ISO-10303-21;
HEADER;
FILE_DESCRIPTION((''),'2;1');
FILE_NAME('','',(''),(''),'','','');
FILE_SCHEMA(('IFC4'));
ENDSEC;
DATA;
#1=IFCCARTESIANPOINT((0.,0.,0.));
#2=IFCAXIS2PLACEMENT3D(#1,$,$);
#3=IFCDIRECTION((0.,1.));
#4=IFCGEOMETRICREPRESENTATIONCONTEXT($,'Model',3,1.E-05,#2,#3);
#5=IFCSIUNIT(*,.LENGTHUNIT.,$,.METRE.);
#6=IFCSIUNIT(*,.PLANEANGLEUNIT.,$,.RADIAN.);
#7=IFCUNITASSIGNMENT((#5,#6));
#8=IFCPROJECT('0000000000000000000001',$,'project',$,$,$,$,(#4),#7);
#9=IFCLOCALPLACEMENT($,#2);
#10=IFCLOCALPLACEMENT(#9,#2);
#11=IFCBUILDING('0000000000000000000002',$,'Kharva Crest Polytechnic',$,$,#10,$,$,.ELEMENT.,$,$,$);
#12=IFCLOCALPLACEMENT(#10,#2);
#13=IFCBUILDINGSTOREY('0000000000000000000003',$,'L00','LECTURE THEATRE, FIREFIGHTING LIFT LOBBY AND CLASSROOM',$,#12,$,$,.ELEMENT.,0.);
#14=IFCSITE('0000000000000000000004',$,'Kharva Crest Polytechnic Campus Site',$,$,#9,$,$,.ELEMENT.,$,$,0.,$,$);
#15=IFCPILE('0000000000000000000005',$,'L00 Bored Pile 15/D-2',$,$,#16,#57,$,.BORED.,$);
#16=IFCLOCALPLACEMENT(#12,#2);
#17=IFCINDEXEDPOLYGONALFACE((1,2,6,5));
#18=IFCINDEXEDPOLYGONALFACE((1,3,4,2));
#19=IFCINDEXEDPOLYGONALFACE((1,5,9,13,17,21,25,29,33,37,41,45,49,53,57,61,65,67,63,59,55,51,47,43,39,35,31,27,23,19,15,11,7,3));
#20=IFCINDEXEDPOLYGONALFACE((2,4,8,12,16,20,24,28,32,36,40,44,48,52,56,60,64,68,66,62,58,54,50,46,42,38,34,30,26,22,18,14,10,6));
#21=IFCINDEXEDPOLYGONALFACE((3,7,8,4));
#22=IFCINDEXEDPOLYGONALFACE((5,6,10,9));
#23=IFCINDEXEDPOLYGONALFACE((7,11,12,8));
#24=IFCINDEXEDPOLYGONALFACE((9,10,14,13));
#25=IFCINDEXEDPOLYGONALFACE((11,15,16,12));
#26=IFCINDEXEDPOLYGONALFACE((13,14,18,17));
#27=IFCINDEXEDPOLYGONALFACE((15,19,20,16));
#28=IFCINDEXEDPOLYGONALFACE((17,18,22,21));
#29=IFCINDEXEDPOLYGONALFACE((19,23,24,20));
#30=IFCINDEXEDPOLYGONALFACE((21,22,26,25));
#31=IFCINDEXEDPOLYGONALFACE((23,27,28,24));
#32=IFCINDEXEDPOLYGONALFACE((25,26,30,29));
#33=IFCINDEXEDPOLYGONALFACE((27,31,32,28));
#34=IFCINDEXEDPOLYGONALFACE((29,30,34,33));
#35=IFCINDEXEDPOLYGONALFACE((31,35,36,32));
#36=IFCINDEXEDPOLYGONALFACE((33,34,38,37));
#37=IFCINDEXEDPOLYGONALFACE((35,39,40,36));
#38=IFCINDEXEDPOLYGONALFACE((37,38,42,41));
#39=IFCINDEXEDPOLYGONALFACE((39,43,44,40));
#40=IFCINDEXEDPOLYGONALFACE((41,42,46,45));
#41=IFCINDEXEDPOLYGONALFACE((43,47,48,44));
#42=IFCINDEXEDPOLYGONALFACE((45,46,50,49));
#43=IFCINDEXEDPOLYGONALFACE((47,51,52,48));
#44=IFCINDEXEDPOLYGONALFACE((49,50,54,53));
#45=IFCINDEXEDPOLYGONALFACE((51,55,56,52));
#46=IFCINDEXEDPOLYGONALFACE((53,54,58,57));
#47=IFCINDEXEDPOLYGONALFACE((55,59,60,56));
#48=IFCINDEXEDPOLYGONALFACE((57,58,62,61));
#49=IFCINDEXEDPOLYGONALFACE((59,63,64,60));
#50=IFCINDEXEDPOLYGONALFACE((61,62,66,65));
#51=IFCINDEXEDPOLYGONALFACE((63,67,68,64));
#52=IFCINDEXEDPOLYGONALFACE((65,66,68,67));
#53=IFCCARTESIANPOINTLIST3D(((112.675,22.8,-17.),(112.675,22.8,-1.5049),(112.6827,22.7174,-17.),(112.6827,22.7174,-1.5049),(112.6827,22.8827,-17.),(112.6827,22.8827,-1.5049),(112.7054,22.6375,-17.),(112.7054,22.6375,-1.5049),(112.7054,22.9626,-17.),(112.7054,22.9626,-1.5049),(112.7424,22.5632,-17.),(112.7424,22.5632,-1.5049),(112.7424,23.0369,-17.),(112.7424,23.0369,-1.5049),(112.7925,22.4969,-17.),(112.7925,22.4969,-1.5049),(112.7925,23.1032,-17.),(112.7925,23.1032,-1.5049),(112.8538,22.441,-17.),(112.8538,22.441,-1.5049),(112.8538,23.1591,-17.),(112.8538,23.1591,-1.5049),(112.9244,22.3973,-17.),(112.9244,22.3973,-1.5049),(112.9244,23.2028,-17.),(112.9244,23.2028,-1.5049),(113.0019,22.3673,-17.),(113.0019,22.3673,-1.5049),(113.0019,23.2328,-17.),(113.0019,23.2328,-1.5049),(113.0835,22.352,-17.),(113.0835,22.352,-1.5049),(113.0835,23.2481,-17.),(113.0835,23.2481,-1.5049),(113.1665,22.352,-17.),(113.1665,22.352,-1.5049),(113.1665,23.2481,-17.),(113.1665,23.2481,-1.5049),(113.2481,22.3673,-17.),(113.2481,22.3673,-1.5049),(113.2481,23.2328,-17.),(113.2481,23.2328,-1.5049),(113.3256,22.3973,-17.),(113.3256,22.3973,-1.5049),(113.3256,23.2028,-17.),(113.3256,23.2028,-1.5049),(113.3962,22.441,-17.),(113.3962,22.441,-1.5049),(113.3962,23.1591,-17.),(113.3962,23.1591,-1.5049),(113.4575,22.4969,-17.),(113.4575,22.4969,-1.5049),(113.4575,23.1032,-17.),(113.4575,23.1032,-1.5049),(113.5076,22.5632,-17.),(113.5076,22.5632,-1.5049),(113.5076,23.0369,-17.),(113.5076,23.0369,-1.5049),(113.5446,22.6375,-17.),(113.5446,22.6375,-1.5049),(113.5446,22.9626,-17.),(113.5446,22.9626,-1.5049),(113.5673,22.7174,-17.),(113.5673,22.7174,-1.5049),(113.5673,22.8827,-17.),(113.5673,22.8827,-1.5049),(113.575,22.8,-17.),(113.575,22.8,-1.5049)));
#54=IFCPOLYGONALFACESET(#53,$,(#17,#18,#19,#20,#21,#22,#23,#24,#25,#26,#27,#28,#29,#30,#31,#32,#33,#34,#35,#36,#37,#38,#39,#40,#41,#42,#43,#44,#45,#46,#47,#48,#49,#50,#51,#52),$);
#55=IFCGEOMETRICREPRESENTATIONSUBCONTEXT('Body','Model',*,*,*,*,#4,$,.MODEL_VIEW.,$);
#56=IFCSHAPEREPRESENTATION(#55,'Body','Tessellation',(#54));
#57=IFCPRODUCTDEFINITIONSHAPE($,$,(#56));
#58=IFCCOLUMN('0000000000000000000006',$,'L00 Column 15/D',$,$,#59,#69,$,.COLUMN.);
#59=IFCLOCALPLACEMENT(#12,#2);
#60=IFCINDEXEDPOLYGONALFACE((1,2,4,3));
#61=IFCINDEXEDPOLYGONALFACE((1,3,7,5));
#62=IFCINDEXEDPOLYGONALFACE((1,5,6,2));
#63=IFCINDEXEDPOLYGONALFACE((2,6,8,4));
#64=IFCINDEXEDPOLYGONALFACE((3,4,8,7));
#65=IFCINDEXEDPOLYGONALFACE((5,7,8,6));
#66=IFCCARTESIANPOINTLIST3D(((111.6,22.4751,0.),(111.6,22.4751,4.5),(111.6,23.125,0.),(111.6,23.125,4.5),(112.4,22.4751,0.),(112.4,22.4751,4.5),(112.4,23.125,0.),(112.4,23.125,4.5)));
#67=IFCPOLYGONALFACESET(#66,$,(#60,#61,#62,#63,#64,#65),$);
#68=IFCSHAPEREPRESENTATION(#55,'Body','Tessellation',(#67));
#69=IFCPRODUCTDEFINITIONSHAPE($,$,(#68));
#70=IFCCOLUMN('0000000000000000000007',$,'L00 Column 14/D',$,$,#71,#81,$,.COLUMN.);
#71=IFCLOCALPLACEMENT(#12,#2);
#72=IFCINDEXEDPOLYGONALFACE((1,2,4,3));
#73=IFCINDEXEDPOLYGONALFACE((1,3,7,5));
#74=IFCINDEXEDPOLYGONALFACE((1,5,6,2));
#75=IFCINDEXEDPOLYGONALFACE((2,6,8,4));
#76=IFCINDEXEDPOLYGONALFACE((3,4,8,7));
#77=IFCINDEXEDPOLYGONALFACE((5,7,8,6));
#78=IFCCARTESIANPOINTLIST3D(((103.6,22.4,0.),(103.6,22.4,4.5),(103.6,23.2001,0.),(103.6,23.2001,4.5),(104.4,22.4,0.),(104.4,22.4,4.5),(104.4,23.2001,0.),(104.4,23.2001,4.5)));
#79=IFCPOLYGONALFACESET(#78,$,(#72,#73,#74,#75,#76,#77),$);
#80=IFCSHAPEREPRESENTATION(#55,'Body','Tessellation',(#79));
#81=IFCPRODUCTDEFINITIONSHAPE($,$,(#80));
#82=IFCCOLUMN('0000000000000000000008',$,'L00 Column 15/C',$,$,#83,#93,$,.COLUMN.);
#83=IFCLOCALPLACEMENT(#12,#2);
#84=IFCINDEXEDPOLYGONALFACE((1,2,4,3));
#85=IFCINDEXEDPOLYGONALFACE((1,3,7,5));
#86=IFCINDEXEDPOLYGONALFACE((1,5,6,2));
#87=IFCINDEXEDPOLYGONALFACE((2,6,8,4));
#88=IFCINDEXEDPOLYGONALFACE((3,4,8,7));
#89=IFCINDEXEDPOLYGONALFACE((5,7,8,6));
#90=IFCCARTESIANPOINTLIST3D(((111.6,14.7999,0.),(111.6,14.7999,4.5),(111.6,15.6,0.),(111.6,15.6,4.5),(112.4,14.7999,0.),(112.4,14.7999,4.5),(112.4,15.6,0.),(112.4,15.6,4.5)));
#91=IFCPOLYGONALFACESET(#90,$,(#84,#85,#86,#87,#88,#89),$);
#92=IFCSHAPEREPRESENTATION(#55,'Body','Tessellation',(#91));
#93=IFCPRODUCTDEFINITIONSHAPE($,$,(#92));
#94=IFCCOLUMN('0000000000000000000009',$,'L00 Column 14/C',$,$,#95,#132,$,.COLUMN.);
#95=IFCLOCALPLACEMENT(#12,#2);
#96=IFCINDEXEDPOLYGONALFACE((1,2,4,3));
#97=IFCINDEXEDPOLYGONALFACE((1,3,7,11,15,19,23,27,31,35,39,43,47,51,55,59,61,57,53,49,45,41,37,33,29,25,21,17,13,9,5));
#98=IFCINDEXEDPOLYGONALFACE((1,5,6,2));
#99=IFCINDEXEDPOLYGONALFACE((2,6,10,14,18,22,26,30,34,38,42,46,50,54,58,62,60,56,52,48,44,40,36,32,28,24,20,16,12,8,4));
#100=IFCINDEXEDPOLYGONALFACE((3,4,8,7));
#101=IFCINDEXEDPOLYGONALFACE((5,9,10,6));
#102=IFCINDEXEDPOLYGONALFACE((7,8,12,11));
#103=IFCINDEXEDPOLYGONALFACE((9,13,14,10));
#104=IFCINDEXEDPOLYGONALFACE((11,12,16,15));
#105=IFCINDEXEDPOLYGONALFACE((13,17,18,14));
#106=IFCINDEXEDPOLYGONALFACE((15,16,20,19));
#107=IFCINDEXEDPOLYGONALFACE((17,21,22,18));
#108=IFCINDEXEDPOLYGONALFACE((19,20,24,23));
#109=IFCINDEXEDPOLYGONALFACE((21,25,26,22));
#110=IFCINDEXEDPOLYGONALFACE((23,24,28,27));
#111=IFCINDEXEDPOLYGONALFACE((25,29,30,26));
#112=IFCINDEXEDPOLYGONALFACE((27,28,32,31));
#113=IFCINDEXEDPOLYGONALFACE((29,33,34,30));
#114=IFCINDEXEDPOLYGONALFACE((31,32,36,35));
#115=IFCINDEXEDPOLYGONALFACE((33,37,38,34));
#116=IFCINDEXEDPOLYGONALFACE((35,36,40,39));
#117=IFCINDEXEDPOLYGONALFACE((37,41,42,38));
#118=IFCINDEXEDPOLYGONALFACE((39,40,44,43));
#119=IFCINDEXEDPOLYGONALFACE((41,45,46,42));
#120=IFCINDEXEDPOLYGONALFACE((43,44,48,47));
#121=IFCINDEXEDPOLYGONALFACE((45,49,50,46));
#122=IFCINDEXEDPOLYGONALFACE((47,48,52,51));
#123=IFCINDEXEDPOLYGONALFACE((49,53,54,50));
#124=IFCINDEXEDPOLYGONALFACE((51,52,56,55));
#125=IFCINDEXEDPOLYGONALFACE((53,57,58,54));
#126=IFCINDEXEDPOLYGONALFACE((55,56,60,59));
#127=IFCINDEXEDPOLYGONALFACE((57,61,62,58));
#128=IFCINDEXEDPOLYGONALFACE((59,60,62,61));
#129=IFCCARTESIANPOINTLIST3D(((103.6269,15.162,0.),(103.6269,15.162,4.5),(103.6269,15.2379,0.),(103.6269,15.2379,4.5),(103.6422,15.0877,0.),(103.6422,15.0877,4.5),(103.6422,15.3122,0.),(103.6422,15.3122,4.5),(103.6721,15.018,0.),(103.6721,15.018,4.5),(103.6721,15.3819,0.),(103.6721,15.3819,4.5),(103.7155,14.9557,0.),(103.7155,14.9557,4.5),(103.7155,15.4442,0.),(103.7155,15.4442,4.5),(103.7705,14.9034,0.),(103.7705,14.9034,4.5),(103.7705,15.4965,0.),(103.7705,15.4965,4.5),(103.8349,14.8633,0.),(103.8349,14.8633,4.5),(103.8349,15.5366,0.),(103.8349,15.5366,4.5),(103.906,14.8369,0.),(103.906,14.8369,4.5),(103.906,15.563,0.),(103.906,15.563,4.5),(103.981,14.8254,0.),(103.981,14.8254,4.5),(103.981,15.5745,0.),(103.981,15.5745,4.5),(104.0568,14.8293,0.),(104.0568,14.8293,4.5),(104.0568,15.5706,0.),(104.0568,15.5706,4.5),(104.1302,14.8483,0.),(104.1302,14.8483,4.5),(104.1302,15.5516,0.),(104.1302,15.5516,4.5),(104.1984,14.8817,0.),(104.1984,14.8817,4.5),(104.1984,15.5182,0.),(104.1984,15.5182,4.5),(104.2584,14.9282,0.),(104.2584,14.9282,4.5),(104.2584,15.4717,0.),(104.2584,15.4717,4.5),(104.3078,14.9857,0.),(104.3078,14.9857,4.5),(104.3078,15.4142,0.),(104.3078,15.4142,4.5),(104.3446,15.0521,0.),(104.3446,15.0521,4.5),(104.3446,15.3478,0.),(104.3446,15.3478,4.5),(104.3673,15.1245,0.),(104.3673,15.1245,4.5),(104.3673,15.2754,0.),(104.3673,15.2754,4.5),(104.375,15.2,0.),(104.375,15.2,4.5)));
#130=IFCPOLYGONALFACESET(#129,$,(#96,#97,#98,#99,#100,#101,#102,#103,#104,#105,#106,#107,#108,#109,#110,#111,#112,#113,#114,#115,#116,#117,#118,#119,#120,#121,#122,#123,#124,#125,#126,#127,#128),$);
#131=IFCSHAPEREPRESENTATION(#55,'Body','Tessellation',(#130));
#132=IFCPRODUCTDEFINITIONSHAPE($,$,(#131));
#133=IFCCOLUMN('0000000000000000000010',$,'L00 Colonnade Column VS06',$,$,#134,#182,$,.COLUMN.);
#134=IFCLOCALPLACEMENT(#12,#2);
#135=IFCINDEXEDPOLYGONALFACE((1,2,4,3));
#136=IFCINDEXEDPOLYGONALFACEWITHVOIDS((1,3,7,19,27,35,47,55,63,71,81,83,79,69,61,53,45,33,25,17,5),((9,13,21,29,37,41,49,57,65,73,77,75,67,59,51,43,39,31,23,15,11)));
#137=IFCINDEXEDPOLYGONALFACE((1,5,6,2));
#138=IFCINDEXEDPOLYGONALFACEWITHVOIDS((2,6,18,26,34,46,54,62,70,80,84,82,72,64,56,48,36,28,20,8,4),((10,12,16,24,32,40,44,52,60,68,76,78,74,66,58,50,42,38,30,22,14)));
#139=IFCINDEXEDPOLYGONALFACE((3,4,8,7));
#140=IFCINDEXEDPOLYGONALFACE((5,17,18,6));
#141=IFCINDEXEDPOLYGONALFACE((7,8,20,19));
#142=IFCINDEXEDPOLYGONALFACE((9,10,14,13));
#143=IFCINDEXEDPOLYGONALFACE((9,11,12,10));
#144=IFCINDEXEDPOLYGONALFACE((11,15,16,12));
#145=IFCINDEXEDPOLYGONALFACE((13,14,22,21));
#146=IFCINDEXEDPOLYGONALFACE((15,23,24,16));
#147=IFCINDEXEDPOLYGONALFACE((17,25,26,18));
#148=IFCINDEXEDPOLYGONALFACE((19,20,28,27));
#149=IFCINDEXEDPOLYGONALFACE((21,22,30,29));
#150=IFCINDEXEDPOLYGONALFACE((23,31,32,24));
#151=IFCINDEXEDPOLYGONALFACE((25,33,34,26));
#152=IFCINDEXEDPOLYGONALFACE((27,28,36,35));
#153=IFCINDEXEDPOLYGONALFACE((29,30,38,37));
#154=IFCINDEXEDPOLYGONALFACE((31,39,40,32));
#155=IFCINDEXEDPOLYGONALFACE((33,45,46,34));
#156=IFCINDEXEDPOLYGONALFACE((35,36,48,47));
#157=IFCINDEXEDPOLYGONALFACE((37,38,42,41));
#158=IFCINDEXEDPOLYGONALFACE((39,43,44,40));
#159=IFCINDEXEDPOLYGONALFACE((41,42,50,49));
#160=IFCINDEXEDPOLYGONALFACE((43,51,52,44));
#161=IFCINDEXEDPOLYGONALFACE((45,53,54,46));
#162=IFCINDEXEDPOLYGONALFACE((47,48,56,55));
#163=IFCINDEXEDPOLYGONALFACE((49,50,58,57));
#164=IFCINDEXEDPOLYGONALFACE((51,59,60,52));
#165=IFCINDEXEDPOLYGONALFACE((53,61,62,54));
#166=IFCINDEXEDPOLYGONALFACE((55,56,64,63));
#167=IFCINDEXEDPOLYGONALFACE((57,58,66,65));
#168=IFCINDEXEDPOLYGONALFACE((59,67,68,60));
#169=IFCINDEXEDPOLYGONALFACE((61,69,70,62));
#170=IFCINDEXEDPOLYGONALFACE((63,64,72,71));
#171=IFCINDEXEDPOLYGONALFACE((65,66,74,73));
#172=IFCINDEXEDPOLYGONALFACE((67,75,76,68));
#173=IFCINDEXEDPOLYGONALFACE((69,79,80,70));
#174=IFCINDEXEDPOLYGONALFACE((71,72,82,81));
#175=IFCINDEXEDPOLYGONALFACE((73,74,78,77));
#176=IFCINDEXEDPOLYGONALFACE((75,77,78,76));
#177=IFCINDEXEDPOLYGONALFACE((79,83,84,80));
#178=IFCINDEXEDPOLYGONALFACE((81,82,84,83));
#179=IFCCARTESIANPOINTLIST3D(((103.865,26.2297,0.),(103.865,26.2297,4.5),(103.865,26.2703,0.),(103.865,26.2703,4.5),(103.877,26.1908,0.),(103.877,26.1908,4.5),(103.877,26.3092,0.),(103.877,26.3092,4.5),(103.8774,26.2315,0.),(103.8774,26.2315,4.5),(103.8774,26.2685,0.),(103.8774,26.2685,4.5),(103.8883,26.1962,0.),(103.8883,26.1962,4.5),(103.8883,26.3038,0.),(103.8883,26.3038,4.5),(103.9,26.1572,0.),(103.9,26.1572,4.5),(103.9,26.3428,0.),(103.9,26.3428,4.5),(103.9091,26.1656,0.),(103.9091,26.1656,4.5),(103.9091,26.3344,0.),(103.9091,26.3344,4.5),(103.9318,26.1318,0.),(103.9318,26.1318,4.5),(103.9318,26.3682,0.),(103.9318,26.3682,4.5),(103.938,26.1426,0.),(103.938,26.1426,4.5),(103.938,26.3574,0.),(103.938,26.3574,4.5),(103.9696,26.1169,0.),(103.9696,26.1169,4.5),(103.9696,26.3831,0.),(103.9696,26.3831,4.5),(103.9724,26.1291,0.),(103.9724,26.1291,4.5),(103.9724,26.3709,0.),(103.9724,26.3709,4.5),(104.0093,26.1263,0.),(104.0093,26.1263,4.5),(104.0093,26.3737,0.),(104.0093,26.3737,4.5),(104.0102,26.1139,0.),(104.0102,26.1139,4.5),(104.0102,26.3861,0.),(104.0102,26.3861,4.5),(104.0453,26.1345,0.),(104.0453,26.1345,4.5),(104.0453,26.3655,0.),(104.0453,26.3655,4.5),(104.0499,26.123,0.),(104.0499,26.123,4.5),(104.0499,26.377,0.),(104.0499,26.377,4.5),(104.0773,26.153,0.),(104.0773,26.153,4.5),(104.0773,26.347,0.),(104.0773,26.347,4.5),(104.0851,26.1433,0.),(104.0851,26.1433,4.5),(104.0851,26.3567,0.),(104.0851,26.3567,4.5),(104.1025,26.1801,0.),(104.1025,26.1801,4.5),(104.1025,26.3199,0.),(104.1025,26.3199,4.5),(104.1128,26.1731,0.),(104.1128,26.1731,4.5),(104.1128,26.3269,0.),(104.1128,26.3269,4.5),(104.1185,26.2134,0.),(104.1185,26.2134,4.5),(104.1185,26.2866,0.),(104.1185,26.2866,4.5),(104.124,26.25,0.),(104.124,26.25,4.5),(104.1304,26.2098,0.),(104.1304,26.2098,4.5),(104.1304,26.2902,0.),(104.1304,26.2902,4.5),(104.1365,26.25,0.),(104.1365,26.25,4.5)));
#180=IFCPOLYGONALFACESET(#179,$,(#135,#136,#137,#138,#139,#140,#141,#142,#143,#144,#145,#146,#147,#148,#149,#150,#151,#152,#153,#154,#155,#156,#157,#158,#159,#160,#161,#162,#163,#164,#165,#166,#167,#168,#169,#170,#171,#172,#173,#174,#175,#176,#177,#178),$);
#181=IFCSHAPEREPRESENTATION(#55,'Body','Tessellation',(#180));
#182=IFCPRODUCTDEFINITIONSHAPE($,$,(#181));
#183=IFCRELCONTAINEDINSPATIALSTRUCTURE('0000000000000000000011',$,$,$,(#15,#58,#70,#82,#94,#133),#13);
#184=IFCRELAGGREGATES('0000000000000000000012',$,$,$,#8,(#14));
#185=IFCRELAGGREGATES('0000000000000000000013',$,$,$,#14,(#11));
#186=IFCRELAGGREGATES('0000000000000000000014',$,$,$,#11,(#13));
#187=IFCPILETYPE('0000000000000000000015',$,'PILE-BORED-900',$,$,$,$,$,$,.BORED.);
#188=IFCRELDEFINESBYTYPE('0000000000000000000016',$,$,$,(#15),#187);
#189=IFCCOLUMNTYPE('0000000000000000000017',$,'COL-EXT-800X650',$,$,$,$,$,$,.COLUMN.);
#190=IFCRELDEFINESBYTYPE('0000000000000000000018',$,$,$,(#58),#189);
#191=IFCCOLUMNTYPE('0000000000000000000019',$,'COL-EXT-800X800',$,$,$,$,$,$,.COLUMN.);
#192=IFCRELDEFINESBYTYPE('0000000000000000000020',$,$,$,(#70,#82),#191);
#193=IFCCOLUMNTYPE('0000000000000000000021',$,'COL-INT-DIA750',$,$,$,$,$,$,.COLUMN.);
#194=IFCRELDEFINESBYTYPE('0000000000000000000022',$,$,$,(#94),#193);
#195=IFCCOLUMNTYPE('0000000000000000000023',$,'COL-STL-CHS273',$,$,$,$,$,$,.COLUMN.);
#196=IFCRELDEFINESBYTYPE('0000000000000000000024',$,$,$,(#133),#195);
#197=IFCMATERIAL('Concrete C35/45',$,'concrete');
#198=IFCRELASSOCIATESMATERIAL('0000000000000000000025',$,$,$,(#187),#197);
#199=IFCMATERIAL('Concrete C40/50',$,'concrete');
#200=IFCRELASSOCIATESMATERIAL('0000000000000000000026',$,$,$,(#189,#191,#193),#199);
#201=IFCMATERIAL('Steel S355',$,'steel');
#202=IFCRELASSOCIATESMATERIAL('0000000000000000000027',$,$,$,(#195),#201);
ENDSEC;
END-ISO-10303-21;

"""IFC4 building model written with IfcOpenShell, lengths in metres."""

from ifc_helpers import new_model, si_unit, direction, frame, origin, origin_2d, place, context, subcontext, project, spatial, rectangle, circle, hollow_circle, extrude, material, material_profile, profile_set, type_object, element, save


model = new_model("IFC4")

# Units and contexts
model_context = context("Model", 3, precision=1e-05, world=origin(), true_north=direction((0.0, 1.0)))
body_context = subcontext(model_context, "Body", "Model", "MODEL_VIEW")
ifc_project = project(units=[si_unit("LENGTHUNIT", "METRE"), si_unit("PLANEANGLEUNIT", "RADIAN")], contexts=[model_context])

# Site, building, storey
site_placement = place(None, origin())
site = spatial("IfcSite", under=ifc_project, at=site_placement, Name="Kharva Crest Polytechnic Campus Site", CompositionType="ELEMENT", RefElevation=0.0)
building_placement = place(site_placement, origin())
building = spatial("IfcBuilding", under=site, at=building_placement, Name="Kharva Crest Polytechnic", CompositionType="ELEMENT")
storey_placement = place(building_placement, origin())
storey = spatial("IfcBuildingStorey", under=building, at=storey_placement, Name="L00", Description="LECTURE THEATRE, FIREFIGHTING LIFT LOBBY AND CLASSROOM", CompositionType="ELEMENT", Elevation=0.0)

# Shared definitions
ifc_material_1 = material(Name="Concrete C35/45", Category="concrete")

# Pile
ifc_material_profile_1 = material_profile(ifc_material_1, circle(Radius=0.45, at=origin_2d()), Name="DIA 900")
ifc_profile_set_1 = profile_set([ifc_material_profile_1], Name="Concrete C35/45")
pile_type_1 = type_object("IfcPileType", Name="PILE-BORED-900", PredefinedType="BORED", material=ifc_profile_set_1)
for number, where, z_axis, x_axis, name in (
    (1, (113.125, 22.8, -1.5049), (0.0, 0.0, -1.0), (1.0, 0.0, 0.0), "L00 Bored Pile 15/D-2"),
):
    element("IfcPile", number, at=place(storey_placement, frame(where, z_axis=z_axis, x_axis=x_axis)), inside=storey, type_object=pile_type_1, Name=name, PredefinedType="BORED", context=body_context, shape_type="SweptSolid", body=[
        extrude(circle(Radius=0.45, at=origin_2d()), origin(), (0.0, 0.0, 1.0), 15.4951),
    ])

# Columns
ifc_material_2 = material(Name="Concrete C40/50", Category="concrete")
ifc_material_profile_2 = material_profile(ifc_material_2, rectangle(XDim=0.8, YDim=0.6499, at=origin_2d()), Name="RECT 800 X 650")
ifc_profile_set_2 = profile_set([ifc_material_profile_2], Name="Concrete C40/50")
column_type_1 = type_object("IfcColumnType", Name="COL-EXT-800X650", PredefinedType="COLUMN", material=ifc_profile_set_2)
column_1_placement = place(storey_placement, frame((112.0, 22.8, 0.0), z_axis=(0.0, 0.0, 1.0), x_axis=(1.0, 0.0, 0.0)))
element("IfcColumn", 2, at=column_1_placement, inside=storey, type_object=column_type_1, Name="L00 Column 15/D", PredefinedType="COLUMN", context=body_context, shape_type="SweptSolid", body=[
    extrude(rectangle(XDim=0.8, YDim=0.6499, at=origin_2d()), origin(), (0.0, 0.0, 1.0), 4.5),
])
ifc_material_profile_3 = material_profile(ifc_material_2, rectangle(XDim=0.8, YDim=0.8, at=origin_2d()), Name="RECT 800 X 800")
ifc_profile_set_3 = profile_set([ifc_material_profile_3], Name="Concrete C40/50")
column_type_2 = type_object("IfcColumnType", Name="COL-EXT-800X800", PredefinedType="COLUMN", material=ifc_profile_set_3)
for number, where, z_axis, x_axis, name in (
    (3, (104.0, 22.8, 0.0), (0.0, 0.0, 1.0), (1.0, 0.0, 0.0), "L00 Column 14/D"),
    (4, (112.0, 15.2, 0.0), (0.0, 0.0, 1.0), (1.0, 0.0, 0.0), "L00 Column 15/C"),
):
    element("IfcColumn", number, at=place(storey_placement, frame(where, z_axis=z_axis, x_axis=x_axis)), inside=storey, type_object=column_type_2, Name=name, PredefinedType="COLUMN", context=body_context, shape_type="SweptSolid", body=[
        extrude(rectangle(XDim=0.8, YDim=0.8, at=origin_2d()), origin(), (0.0, 0.0, 1.0), 4.5),
    ])
ifc_material_profile_4 = material_profile(ifc_material_2, circle(Radius=0.375, at=origin_2d()), Name="DIA 750")
ifc_profile_set_4 = profile_set([ifc_material_profile_4], Name="Concrete C40/50")
column_type_3 = type_object("IfcColumnType", Name="COL-INT-DIA750", PredefinedType="COLUMN", material=ifc_profile_set_4)
column_2_placement = place(storey_placement, frame((104.0, 15.2, 0.0), z_axis=(0.0, 0.0, 1.0), x_axis=(1.0, 0.0, 0.0)))
element("IfcColumn", 5, at=column_2_placement, inside=storey, type_object=column_type_3, Name="L00 Column 14/C", PredefinedType="COLUMN", context=body_context, shape_type="SweptSolid", body=[
    extrude(circle(Radius=0.375, at=origin_2d()), origin(), (0.0, 0.0, 1.0), 4.5),
])
ifc_material_3 = material(Name="Steel S355", Category="steel")
ifc_material_profile_5 = material_profile(ifc_material_3, hollow_circle(Radius=0.1365, WallThickness=0.0125, at=origin_2d()), Name="CHS 273.0X12.5")
ifc_profile_set_5 = profile_set([ifc_material_profile_5], Name="Steel S355")
column_type_4 = type_object("IfcColumnType", Name="COL-STL-CHS273", PredefinedType="COLUMN", material=ifc_profile_set_5)
column_3_placement = place(storey_placement, frame((104.0, 26.25, 0.0), z_axis=(0.0, 0.0, 1.0), x_axis=(1.0, 0.0, 0.0)))
element("IfcColumn", 6, at=column_3_placement, inside=storey, type_object=column_type_4, Name="L00 Colonnade Column VS06", PredefinedType="COLUMN", context=body_context, shape_type="SweptSolid", body=[
    extrude(hollow_circle(Radius=0.1365, WallThickness=0.0125, at=origin_2d()), origin(), (0.0, 0.0, 1.0), 4.5),
])

save(model, "model.ifc")
